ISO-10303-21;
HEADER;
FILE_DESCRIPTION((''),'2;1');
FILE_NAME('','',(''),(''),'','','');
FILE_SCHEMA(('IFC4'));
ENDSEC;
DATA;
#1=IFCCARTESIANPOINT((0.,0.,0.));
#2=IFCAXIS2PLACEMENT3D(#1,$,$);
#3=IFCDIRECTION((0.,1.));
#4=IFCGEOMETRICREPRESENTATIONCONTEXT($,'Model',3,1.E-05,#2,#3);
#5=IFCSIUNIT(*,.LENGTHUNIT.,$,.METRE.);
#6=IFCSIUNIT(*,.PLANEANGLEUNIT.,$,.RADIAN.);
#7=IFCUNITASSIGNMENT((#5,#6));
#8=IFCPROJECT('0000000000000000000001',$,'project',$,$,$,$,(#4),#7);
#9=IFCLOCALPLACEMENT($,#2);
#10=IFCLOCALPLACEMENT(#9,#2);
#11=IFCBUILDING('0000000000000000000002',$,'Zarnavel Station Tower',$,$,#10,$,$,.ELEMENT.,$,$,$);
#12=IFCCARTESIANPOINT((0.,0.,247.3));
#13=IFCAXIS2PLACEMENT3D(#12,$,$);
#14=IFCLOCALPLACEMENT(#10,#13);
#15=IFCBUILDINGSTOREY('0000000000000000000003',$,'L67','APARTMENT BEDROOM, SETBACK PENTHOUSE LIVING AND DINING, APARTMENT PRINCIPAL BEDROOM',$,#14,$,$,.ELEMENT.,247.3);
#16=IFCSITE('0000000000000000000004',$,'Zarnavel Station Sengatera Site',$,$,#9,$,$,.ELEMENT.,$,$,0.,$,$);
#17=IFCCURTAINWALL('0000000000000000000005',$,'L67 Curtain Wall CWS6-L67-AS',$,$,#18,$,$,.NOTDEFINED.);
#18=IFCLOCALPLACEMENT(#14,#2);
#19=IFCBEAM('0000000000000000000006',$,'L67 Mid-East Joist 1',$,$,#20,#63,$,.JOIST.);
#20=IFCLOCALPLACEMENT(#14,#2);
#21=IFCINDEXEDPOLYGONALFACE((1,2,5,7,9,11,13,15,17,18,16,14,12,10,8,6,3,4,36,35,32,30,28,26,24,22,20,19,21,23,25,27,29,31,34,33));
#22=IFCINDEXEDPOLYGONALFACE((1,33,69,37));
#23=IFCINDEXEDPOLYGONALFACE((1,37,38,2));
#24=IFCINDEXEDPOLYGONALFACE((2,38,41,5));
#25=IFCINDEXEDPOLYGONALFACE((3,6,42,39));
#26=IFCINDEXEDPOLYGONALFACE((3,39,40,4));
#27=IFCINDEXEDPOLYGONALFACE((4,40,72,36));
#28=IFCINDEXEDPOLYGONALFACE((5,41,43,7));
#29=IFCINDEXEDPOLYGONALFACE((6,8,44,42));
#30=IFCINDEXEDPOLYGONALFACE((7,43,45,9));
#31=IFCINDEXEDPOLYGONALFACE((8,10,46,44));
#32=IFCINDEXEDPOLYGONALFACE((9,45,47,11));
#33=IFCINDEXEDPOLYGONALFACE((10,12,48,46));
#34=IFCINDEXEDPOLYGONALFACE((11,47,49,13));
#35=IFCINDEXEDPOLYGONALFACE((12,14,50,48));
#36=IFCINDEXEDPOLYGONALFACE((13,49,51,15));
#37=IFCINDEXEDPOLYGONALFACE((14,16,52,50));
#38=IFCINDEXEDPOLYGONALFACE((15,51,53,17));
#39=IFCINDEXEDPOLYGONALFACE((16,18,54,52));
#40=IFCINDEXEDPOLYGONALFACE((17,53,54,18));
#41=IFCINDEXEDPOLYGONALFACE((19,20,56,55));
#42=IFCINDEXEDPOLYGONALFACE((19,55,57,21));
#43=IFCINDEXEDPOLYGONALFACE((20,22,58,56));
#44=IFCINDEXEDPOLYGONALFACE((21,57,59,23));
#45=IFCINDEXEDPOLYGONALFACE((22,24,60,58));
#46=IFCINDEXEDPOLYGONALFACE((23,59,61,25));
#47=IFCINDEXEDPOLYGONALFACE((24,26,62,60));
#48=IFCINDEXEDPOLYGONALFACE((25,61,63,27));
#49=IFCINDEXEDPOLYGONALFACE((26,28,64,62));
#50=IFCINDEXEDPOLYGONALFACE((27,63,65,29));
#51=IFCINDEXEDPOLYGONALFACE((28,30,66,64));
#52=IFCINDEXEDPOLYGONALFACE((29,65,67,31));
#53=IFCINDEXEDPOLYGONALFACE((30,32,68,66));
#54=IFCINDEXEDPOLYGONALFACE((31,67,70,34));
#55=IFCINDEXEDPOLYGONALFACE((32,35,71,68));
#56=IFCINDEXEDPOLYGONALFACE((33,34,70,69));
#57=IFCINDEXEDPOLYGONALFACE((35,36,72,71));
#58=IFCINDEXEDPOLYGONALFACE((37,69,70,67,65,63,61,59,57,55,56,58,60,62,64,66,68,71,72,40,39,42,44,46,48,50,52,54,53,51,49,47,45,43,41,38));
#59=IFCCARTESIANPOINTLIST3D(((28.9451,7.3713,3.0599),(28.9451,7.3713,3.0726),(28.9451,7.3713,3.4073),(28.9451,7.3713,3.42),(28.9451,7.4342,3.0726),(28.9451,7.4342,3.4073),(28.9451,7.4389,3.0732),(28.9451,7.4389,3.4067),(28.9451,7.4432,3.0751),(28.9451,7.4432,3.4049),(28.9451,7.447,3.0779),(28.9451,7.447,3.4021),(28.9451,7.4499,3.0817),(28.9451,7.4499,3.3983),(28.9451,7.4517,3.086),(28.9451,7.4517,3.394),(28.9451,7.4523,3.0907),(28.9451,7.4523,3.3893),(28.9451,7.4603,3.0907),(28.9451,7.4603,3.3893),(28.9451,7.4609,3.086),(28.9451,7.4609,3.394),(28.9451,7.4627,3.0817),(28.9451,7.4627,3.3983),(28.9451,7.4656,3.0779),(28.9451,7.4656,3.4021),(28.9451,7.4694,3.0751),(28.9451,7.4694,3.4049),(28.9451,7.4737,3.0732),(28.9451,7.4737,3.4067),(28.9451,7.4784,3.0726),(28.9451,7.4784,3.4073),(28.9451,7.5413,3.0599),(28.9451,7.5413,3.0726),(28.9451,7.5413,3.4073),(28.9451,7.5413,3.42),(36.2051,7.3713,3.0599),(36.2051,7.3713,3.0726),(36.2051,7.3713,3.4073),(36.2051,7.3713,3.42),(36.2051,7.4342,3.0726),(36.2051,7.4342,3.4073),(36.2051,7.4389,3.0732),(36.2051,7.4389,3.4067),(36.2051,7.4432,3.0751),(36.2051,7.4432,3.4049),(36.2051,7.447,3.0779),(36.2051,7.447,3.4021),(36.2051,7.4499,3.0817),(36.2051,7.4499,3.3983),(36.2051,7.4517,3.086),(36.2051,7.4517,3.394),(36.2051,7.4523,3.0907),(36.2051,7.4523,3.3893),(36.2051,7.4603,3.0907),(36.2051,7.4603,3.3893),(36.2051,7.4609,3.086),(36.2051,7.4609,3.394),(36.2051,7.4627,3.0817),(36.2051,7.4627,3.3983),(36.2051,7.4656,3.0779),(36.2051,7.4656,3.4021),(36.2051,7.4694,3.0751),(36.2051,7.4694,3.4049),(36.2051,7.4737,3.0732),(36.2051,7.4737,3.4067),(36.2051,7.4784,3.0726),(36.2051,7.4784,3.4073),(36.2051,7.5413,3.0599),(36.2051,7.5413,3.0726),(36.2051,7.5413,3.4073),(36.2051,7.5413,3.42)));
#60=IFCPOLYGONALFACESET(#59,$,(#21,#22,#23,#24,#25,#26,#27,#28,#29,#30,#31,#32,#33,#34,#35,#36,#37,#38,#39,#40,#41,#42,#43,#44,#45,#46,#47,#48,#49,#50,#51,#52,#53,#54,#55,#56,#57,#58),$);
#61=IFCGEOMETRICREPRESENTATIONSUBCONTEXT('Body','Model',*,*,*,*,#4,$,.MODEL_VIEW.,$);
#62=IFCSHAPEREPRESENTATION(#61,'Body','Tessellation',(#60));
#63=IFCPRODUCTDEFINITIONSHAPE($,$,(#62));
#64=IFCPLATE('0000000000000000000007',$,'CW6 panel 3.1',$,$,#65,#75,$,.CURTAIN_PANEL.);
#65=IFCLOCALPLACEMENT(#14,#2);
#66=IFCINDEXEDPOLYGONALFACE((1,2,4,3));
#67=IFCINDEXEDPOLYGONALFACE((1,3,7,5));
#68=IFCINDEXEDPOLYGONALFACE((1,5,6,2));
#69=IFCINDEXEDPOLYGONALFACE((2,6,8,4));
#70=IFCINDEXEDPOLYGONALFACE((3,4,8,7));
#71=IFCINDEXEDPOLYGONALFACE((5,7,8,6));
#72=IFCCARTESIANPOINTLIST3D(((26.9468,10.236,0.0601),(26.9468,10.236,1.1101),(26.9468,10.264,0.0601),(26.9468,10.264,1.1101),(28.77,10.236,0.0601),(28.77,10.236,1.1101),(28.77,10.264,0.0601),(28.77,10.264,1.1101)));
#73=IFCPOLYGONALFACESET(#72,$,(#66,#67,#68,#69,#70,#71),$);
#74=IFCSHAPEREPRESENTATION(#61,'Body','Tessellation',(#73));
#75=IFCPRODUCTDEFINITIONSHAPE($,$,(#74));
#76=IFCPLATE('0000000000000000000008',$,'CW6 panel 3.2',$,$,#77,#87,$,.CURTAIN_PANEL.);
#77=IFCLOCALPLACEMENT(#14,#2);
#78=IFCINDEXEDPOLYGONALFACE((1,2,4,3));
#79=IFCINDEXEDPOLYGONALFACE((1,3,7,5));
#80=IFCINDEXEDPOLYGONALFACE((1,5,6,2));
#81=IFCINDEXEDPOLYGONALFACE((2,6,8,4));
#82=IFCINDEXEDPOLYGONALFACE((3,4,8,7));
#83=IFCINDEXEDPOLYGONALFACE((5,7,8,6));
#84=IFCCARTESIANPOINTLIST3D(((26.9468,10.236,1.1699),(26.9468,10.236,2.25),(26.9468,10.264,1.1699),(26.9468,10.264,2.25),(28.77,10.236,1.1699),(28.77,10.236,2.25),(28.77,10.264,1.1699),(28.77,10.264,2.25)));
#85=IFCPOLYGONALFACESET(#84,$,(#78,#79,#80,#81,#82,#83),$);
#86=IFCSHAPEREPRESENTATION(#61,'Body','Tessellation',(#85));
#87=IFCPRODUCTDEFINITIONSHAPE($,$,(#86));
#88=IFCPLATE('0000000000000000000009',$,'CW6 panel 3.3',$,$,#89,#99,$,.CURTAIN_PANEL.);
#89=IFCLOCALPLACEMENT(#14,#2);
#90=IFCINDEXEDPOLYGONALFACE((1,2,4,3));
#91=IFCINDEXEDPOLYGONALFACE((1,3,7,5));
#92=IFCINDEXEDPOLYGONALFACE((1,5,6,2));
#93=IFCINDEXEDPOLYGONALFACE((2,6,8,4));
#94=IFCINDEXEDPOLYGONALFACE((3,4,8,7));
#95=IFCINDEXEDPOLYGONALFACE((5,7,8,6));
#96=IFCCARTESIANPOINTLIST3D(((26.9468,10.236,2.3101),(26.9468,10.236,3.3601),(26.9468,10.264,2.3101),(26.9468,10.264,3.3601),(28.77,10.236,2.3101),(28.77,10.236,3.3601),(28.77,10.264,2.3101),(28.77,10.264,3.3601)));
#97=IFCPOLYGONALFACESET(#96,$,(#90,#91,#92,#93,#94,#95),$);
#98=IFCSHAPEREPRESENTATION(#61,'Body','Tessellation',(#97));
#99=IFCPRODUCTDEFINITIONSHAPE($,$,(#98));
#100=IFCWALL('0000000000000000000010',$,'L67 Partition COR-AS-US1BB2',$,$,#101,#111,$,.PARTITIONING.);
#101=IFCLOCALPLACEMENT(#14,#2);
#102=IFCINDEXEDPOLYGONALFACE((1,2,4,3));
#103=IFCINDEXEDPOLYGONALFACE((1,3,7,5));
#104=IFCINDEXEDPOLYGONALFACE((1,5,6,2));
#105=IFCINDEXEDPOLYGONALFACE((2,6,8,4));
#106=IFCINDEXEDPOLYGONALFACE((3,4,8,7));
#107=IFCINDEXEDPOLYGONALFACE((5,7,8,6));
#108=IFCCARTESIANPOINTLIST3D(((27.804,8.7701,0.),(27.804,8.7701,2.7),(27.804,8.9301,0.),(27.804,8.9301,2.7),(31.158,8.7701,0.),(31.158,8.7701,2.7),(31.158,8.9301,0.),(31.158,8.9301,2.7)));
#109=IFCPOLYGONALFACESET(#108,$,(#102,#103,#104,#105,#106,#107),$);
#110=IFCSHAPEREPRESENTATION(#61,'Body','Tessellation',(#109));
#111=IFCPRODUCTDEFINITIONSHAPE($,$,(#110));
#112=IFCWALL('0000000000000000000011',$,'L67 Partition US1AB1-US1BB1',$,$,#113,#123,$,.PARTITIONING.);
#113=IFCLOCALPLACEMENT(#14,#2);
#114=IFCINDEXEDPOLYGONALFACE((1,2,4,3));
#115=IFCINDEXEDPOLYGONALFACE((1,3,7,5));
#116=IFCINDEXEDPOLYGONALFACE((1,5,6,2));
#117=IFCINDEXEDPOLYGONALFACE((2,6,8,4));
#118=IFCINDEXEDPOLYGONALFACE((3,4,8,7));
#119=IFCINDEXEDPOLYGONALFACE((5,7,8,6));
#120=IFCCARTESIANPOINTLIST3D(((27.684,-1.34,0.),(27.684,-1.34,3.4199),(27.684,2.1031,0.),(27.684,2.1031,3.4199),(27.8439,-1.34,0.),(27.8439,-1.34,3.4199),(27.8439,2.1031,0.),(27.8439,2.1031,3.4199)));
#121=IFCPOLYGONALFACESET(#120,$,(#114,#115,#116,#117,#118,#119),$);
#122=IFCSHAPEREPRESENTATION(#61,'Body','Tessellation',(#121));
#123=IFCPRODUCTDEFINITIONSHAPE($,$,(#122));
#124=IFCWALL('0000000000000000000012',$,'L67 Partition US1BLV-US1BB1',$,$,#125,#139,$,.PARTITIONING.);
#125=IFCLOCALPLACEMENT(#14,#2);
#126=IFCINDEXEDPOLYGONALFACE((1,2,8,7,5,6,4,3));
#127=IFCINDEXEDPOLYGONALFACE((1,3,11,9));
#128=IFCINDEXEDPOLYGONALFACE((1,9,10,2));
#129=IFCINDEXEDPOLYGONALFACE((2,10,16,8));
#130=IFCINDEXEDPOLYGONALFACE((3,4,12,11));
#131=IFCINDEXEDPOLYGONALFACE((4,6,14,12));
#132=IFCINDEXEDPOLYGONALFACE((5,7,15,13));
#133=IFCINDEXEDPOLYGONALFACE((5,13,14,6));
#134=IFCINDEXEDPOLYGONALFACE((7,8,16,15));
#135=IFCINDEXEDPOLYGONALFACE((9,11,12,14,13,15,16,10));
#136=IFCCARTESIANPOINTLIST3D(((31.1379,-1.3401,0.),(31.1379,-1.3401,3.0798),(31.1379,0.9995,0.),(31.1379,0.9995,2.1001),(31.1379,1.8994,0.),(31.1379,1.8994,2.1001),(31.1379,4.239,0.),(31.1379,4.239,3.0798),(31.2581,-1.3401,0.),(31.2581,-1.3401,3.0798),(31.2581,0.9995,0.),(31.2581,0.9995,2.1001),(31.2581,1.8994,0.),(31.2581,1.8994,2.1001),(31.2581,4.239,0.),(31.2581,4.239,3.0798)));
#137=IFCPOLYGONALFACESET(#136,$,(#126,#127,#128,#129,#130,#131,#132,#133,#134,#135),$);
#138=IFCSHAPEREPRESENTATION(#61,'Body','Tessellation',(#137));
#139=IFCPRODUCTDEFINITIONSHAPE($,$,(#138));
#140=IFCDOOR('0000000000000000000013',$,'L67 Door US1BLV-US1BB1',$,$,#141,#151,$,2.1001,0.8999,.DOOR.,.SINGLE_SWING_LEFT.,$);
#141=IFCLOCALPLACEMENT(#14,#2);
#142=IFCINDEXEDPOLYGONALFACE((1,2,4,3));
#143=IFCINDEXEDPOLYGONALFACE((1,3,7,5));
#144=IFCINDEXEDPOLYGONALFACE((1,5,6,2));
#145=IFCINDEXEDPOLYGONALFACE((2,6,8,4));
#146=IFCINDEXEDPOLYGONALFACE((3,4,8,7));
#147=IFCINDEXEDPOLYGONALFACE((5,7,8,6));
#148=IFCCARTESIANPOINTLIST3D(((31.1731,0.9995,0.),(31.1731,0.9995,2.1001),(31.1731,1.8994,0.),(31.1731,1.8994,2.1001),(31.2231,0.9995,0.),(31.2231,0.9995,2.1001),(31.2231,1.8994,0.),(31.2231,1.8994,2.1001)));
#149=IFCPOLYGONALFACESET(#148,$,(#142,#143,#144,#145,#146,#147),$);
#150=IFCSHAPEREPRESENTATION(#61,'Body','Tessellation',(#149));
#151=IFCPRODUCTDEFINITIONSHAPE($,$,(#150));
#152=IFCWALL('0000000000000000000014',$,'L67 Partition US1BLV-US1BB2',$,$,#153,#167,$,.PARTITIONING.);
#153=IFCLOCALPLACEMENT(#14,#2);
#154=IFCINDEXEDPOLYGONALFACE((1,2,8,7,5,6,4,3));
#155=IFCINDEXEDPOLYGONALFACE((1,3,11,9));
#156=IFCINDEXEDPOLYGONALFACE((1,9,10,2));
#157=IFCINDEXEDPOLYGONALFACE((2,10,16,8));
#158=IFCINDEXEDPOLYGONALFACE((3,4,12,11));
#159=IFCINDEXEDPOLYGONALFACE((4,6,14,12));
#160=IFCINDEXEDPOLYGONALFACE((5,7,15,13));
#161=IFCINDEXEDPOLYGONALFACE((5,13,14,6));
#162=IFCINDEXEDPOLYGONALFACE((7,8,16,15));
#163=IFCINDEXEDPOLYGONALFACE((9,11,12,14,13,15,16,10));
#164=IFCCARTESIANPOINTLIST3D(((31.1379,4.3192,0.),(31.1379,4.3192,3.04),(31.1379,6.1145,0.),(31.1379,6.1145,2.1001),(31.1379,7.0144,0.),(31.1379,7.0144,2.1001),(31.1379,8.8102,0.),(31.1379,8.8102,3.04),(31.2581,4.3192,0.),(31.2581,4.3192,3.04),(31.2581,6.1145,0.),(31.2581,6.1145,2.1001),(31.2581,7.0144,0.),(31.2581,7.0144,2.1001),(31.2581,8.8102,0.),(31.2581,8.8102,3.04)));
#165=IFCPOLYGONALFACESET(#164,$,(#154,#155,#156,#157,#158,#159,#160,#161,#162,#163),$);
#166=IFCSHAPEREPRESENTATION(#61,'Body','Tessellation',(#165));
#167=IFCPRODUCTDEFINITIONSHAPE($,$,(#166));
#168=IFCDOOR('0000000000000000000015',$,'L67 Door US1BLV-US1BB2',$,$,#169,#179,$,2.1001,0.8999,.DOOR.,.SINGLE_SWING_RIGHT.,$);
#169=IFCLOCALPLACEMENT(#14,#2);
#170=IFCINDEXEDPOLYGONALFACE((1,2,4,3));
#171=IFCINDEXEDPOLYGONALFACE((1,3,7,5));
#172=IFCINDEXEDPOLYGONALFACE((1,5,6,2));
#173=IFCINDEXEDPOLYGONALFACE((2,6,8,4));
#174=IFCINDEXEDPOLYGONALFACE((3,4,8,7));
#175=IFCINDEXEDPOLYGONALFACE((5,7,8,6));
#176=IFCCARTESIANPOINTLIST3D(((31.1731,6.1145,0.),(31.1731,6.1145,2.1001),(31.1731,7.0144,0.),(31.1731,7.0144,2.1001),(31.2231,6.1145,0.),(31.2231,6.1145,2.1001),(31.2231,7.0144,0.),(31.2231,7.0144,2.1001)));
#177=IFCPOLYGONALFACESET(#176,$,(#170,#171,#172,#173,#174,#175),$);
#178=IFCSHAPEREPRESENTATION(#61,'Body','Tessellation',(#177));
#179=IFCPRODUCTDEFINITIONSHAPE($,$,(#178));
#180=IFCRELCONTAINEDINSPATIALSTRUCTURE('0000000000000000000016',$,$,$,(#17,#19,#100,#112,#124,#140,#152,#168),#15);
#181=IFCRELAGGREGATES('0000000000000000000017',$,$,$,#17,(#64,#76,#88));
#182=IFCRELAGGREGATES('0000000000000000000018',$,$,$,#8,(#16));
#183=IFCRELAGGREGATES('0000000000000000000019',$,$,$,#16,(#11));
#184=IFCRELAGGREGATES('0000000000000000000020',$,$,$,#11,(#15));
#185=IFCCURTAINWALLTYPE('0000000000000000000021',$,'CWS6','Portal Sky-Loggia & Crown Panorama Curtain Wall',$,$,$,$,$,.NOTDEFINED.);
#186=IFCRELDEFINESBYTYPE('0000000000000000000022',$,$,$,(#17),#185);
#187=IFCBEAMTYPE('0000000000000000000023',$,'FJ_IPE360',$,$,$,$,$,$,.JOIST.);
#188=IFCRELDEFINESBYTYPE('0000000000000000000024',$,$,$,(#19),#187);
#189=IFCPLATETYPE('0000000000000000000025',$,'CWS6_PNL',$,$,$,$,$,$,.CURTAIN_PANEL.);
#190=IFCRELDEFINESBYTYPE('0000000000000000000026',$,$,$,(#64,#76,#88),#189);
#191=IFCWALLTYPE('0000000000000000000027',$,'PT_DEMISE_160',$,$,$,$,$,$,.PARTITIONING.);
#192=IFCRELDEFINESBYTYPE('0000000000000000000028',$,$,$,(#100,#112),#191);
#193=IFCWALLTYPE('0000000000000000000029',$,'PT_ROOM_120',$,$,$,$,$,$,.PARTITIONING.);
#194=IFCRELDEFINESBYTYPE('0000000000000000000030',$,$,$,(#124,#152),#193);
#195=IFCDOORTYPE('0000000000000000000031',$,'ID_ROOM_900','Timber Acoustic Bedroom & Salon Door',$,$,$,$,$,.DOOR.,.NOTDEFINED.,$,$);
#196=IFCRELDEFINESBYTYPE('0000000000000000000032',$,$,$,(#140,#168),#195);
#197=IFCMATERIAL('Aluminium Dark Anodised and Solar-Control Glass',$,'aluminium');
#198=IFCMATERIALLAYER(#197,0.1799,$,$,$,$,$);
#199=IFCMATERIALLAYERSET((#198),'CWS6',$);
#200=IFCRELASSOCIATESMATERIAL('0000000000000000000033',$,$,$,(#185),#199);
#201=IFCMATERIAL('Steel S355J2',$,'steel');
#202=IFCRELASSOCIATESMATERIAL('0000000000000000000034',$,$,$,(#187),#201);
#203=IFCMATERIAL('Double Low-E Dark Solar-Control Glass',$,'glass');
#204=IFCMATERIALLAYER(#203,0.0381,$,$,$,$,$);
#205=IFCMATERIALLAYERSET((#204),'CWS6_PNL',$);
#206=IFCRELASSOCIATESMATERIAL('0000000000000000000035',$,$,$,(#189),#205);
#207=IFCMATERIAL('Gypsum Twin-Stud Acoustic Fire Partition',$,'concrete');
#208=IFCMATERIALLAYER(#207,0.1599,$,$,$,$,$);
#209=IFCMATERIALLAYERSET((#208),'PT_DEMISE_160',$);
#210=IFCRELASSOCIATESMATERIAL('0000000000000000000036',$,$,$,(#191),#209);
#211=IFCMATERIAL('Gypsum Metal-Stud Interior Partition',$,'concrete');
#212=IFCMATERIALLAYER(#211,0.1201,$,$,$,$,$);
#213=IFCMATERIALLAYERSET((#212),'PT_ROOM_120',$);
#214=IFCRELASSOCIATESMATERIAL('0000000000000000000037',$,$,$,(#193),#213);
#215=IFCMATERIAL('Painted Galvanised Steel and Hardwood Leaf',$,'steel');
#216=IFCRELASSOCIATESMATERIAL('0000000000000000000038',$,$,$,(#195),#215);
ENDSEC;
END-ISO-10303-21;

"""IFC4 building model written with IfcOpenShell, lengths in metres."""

from ifc_helpers import new_model, si_unit, direction, frame, frame_2d, origin, origin_2d, place, context, subcontext, project, spatial, rectangle, i_section, extrude, material, layer, layer_set, material_profile, profile_set, type_object, element, fill, aggregate, save


model = new_model("IFC4")

# Units and contexts
model_context = context("Model", 3, precision=1e-05, world=origin(), true_north=direction((0.0, 1.0)))
body_context = subcontext(model_context, "Body", "Model", "MODEL_VIEW")
ifc_project = project(units=[si_unit("LENGTHUNIT", "METRE"), si_unit("PLANEANGLEUNIT", "RADIAN")], contexts=[model_context])

# Site, building, storey
site_placement = place(None, origin())
site = spatial("IfcSite", under=ifc_project, at=site_placement, Name="Zarnavel Station Sengatera Site", CompositionType="ELEMENT", RefElevation=0.0)
building_placement = place(site_placement, origin())
building = spatial("IfcBuilding", under=site, at=building_placement, Name="Zarnavel Station Tower", CompositionType="ELEMENT")
storey_placement = place(building_placement, frame((0.0, 0.0, 247.3)))
storey = spatial("IfcBuildingStorey", under=building, at=storey_placement, Name="L67", Description="APARTMENT BEDROOM, SETBACK PENTHOUSE LIVING AND DINING, APARTMENT PRINCIPAL BEDROOM", CompositionType="ELEMENT", Elevation=247.3)

# Curtain wall
ifc_material_1 = material(Name="Aluminium Dark Anodised and Solar-Control Glass", Category="aluminium")
ifc_layer_1 = layer(ifc_material_1, 0.1799)
ifc_layer_set_1 = layer_set([ifc_layer_1], Name="CWS6")
curtain_wall_type = type_object("IfcCurtainWallType", Name="CWS6", Description="Portal Sky-Loggia & Crown Panorama Curtain Wall", PredefinedType="NOTDEFINED", material=ifc_layer_set_1)
curtain_wall_placement = place(storey_placement, origin())
curtain_wall = element("IfcCurtainWall", 1, at=curtain_wall_placement, inside=storey, type_object=curtain_wall_type, Name="L67 Curtain Wall CWS6-L67-AS", PredefinedType="NOTDEFINED")

# Beam
ifc_material_2 = material(Name="Steel S355J2", Category="steel")
ifc_material_profile_1 = material_profile(ifc_material_2, i_section(OverallWidth=0.1699, OverallDepth=0.3601, WebThickness=0.0081, FlangeThickness=0.0127, FilletRadius=0.0181, at=origin_2d()), Name="IPE360")
ifc_profile_set_1 = profile_set([ifc_material_profile_1], Name="Steel S355J2")
beam_type_1 = type_object("IfcBeamType", Name="FJ_IPE360", PredefinedType="JOIST", material=ifc_profile_set_1)
beam_1_placement = place(storey_placement, frame((28.9451, 7.4563, 3.24), z_axis=(1.0, 0.0, 0.0), x_axis=(0.0, 1.0, 0.0)))
element("IfcBeam", 2, at=beam_1_placement, inside=storey, type_object=beam_type_1, Name="L67 Mid-East Joist 1", PredefinedType="JOIST", context=body_context, shape_type="SweptSolid", body=[
    extrude(i_section(OverallWidth=0.1699, OverallDepth=0.3601, WebThickness=0.0081, FlangeThickness=0.0127, FilletRadius=0.0181, at=origin_2d()), origin(), (0.0, 0.0, 1.0), 7.26),
])

# Plates
ifc_material_3 = material(Name="Double Low-E Dark Solar-Control Glass", Category="glass")
ifc_layer_2 = layer(ifc_material_3, 0.0381)
ifc_layer_set_2 = layer_set([ifc_layer_2], Name="CWS6_PNL")
plate_type = type_object("IfcPlateType", Name="CWS6_PNL", PredefinedType="CURTAIN_PANEL", material=ifc_layer_set_2)
plate_1_placement = place(storey_placement, frame((27.8584, 10.25, 0.0601), z_axis=(0.0, 0.0, 1.0), x_axis=(1.0, 0.0, 0.0)))
plate_1 = element("IfcPlate", 3, at=plate_1_placement, type_object=plate_type, Name="CW6 panel 3.1", PredefinedType="CURTAIN_PANEL", context=body_context, shape_type="SweptSolid", body=[
    extrude(rectangle(XDim=1.8232, YDim=0.0281, at=origin_2d()), origin(), (0.0, 0.0, 1.0), 1.05),
])
plate_2_placement = place(storey_placement, frame((27.8584, 10.25, 1.1699), z_axis=(0.0, 0.0, 1.0), x_axis=(1.0, 0.0, 0.0)))
plate_2 = element("IfcPlate", 4, at=plate_2_placement, type_object=plate_type, Name="CW6 panel 3.2", PredefinedType="CURTAIN_PANEL", context=body_context, shape_type="SweptSolid", body=[
    extrude(rectangle(XDim=1.8232, YDim=0.0281, at=origin_2d()), origin(), (0.0, 0.0, 1.0), 1.0801),
])
plate_3_placement = place(storey_placement, frame((27.8584, 10.25, 2.3101), z_axis=(0.0, 0.0, 1.0), x_axis=(1.0, 0.0, 0.0)))
plate_3 = element("IfcPlate", 5, at=plate_3_placement, type_object=plate_type, Name="CW6 panel 3.3", PredefinedType="CURTAIN_PANEL", context=body_context, shape_type="SweptSolid", body=[
    extrude(rectangle(XDim=1.8232, YDim=0.0281, at=origin_2d()), origin(), (0.0, 0.0, 1.0), 1.05),
])
aggregate(curtain_wall, [plate_1, plate_2, plate_3])

# Shared definitions
ifc_material_4 = material(Name="Gypsum Twin-Stud Acoustic Fire Partition", Category="concrete")
ifc_layer_3 = layer(ifc_material_4, 0.1599)
ifc_layer_set_3 = layer_set([ifc_layer_3], Name="PT_DEMISE_160")
wall_type_1 = type_object("IfcWallType", Name="PT_DEMISE_160", PredefinedType="PARTITIONING", material=ifc_layer_set_3)

# Walls
wall_1_placement = place(storey_placement, frame((27.804, 8.8501, 0.0), z_axis=(0.0, 0.0, 1.0), x_axis=(1.0, 0.0, 0.0)))
element("IfcWall", 6, at=wall_1_placement, inside=storey, type_object=wall_type_1, Name="L67 Partition COR-AS-US1BB2", PredefinedType="PARTITIONING", context=body_context, shape_type="SweptSolid", body=[
    extrude(rectangle(XDim=3.354, YDim=0.1599, at=frame_2d((1.677, 0.0))), origin(), (0.0, 0.0, 1.0), 2.7),
])
wall_2_placement = place(storey_placement, frame((27.7639, -1.3401, 0.0), z_axis=(0.0, 0.0, 1.0), x_axis=(0.0, 1.0, 0.0)))
element("IfcWall", 7, at=wall_2_placement, inside=storey, type_object=wall_type_1, Name="L67 Partition US1AB1-US1BB1", PredefinedType="PARTITIONING", context=body_context, shape_type="SweptSolid", body=[
    extrude(rectangle(XDim=3.4431, YDim=0.1599, at=frame_2d((1.7217, 0.0))), origin(), (0.0, 0.0, 1.0), 3.4199),
])

# Walls, openings, doors
ifc_material_5 = material(Name="Gypsum Metal-Stud Interior Partition", Category="concrete")
ifc_layer_4 = layer(ifc_material_5, 0.1201)
ifc_layer_set_4 = layer_set([ifc_layer_4], Name="PT_ROOM_120")
wall_type_2 = type_object("IfcWallType", Name="PT_ROOM_120", PredefinedType="PARTITIONING", material=ifc_layer_set_4)
wall_3_placement = place(storey_placement, frame((31.198, -1.3401, 0.0), z_axis=(0.0, 0.0, 1.0), x_axis=(0.0, 1.0, 0.0)))
wall_3 = element("IfcWall", 8, at=wall_3_placement, inside=storey, type_object=wall_type_2, Name="L67 Partition US1BLV-US1BB1", PredefinedType="PARTITIONING", context=body_context, shape_type="SweptSolid", body=[
    extrude(rectangle(XDim=5.5791, YDim=0.1201, at=frame_2d((2.7896, 0.0))), origin(), (0.0, 0.0, 1.0), 3.0798),
])
opening_1_placement = place(wall_3_placement, frame((2.3396, 0.0, 0.0)))
opening_1 = element("IfcOpeningElement", 9, at=opening_1_placement, cuts=wall_3, PredefinedType="OPENING", context=body_context, shape_type="SweptSolid", body=[
    extrude(rectangle(XDim=0.8999, YDim=2.1001, at=frame_2d((0.45, 1.05))), frame((0.0, 0.0701, 0.0), z_axis=(0.0, -1.0, 0.0), x_axis=(1.0, 0.0, 0.0)), (0.0, 0.0, 1.0), 0.1401),
])
ifc_material_6 = material(Name="Painted Galvanised Steel and Hardwood Leaf", Category="steel")
door_type_1 = type_object("IfcDoorType", Name="ID_ROOM_900", Description="Timber Acoustic Bedroom & Salon Door", OperationType="NOTDEFINED", PredefinedType="DOOR", material=ifc_material_6)
door_1_placement = place(opening_1_placement, origin())
door_1 = element("IfcDoor", 10, at=door_1_placement, inside=storey, type_object=door_type_1, Name="L67 Door US1BLV-US1BB1", OperationType="SINGLE_SWING_LEFT", OverallHeight=2.1001, OverallWidth=0.8999, PredefinedType="DOOR", context=body_context, shape_type="SweptSolid", body=[
    extrude(rectangle(XDim=0.8999, YDim=2.1001, at=frame_2d((0.45, 1.05))), frame((0.0, 0.0249, 0.0), z_axis=(0.0, -1.0, 0.0), x_axis=(1.0, 0.0, 0.0)), (0.0, 0.0, 1.0), 0.05),
])
fill(opening_1, door_1)
wall_4_placement = place(storey_placement, frame((31.198, 4.3191, 0.0), z_axis=(0.0, 0.0, 1.0), x_axis=(0.0, 1.0, 0.0)))
wall_4 = element("IfcWall", 11, at=wall_4_placement, inside=storey, type_object=wall_type_2, Name="L67 Partition US1BLV-US1BB2", PredefinedType="PARTITIONING", context=body_context, shape_type="SweptSolid", body=[
    extrude(rectangle(XDim=4.491, YDim=0.1201, at=frame_2d((2.2456, 0.0))), origin(), (0.0, 0.0, 1.0), 3.04),
])
opening_2_placement = place(wall_4_placement, frame((1.7954, 0.0, 0.0)))
opening_2 = element("IfcOpeningElement", 12, at=opening_2_placement, cuts=wall_4, PredefinedType="OPENING", context=body_context, shape_type="SweptSolid", body=[
    extrude(rectangle(XDim=0.8999, YDim=2.1001, at=frame_2d((0.45, 1.05))), frame((0.0, 0.0701, 0.0), z_axis=(0.0, -1.0, 0.0), x_axis=(1.0, 0.0, 0.0)), (0.0, 0.0, 1.0), 0.1401),
])
door_2_placement = place(opening_2_placement, origin())
door_2 = element("IfcDoor", 13, at=door_2_placement, inside=storey, type_object=door_type_1, Name="L67 Door US1BLV-US1BB2", OperationType="SINGLE_SWING_RIGHT", OverallHeight=2.1001, OverallWidth=0.8999, PredefinedType="DOOR", context=body_context, shape_type="SweptSolid", body=[
    extrude(rectangle(XDim=0.8999, YDim=2.1001, at=frame_2d((0.45, 1.05))), frame((0.0, 0.0249, 0.0), z_axis=(0.0, -1.0, 0.0), x_axis=(1.0, 0.0, 0.0)), (0.0, 0.0, 1.0), 0.05),
])
fill(opening_2, door_2)

save(model, "model.ifc")
